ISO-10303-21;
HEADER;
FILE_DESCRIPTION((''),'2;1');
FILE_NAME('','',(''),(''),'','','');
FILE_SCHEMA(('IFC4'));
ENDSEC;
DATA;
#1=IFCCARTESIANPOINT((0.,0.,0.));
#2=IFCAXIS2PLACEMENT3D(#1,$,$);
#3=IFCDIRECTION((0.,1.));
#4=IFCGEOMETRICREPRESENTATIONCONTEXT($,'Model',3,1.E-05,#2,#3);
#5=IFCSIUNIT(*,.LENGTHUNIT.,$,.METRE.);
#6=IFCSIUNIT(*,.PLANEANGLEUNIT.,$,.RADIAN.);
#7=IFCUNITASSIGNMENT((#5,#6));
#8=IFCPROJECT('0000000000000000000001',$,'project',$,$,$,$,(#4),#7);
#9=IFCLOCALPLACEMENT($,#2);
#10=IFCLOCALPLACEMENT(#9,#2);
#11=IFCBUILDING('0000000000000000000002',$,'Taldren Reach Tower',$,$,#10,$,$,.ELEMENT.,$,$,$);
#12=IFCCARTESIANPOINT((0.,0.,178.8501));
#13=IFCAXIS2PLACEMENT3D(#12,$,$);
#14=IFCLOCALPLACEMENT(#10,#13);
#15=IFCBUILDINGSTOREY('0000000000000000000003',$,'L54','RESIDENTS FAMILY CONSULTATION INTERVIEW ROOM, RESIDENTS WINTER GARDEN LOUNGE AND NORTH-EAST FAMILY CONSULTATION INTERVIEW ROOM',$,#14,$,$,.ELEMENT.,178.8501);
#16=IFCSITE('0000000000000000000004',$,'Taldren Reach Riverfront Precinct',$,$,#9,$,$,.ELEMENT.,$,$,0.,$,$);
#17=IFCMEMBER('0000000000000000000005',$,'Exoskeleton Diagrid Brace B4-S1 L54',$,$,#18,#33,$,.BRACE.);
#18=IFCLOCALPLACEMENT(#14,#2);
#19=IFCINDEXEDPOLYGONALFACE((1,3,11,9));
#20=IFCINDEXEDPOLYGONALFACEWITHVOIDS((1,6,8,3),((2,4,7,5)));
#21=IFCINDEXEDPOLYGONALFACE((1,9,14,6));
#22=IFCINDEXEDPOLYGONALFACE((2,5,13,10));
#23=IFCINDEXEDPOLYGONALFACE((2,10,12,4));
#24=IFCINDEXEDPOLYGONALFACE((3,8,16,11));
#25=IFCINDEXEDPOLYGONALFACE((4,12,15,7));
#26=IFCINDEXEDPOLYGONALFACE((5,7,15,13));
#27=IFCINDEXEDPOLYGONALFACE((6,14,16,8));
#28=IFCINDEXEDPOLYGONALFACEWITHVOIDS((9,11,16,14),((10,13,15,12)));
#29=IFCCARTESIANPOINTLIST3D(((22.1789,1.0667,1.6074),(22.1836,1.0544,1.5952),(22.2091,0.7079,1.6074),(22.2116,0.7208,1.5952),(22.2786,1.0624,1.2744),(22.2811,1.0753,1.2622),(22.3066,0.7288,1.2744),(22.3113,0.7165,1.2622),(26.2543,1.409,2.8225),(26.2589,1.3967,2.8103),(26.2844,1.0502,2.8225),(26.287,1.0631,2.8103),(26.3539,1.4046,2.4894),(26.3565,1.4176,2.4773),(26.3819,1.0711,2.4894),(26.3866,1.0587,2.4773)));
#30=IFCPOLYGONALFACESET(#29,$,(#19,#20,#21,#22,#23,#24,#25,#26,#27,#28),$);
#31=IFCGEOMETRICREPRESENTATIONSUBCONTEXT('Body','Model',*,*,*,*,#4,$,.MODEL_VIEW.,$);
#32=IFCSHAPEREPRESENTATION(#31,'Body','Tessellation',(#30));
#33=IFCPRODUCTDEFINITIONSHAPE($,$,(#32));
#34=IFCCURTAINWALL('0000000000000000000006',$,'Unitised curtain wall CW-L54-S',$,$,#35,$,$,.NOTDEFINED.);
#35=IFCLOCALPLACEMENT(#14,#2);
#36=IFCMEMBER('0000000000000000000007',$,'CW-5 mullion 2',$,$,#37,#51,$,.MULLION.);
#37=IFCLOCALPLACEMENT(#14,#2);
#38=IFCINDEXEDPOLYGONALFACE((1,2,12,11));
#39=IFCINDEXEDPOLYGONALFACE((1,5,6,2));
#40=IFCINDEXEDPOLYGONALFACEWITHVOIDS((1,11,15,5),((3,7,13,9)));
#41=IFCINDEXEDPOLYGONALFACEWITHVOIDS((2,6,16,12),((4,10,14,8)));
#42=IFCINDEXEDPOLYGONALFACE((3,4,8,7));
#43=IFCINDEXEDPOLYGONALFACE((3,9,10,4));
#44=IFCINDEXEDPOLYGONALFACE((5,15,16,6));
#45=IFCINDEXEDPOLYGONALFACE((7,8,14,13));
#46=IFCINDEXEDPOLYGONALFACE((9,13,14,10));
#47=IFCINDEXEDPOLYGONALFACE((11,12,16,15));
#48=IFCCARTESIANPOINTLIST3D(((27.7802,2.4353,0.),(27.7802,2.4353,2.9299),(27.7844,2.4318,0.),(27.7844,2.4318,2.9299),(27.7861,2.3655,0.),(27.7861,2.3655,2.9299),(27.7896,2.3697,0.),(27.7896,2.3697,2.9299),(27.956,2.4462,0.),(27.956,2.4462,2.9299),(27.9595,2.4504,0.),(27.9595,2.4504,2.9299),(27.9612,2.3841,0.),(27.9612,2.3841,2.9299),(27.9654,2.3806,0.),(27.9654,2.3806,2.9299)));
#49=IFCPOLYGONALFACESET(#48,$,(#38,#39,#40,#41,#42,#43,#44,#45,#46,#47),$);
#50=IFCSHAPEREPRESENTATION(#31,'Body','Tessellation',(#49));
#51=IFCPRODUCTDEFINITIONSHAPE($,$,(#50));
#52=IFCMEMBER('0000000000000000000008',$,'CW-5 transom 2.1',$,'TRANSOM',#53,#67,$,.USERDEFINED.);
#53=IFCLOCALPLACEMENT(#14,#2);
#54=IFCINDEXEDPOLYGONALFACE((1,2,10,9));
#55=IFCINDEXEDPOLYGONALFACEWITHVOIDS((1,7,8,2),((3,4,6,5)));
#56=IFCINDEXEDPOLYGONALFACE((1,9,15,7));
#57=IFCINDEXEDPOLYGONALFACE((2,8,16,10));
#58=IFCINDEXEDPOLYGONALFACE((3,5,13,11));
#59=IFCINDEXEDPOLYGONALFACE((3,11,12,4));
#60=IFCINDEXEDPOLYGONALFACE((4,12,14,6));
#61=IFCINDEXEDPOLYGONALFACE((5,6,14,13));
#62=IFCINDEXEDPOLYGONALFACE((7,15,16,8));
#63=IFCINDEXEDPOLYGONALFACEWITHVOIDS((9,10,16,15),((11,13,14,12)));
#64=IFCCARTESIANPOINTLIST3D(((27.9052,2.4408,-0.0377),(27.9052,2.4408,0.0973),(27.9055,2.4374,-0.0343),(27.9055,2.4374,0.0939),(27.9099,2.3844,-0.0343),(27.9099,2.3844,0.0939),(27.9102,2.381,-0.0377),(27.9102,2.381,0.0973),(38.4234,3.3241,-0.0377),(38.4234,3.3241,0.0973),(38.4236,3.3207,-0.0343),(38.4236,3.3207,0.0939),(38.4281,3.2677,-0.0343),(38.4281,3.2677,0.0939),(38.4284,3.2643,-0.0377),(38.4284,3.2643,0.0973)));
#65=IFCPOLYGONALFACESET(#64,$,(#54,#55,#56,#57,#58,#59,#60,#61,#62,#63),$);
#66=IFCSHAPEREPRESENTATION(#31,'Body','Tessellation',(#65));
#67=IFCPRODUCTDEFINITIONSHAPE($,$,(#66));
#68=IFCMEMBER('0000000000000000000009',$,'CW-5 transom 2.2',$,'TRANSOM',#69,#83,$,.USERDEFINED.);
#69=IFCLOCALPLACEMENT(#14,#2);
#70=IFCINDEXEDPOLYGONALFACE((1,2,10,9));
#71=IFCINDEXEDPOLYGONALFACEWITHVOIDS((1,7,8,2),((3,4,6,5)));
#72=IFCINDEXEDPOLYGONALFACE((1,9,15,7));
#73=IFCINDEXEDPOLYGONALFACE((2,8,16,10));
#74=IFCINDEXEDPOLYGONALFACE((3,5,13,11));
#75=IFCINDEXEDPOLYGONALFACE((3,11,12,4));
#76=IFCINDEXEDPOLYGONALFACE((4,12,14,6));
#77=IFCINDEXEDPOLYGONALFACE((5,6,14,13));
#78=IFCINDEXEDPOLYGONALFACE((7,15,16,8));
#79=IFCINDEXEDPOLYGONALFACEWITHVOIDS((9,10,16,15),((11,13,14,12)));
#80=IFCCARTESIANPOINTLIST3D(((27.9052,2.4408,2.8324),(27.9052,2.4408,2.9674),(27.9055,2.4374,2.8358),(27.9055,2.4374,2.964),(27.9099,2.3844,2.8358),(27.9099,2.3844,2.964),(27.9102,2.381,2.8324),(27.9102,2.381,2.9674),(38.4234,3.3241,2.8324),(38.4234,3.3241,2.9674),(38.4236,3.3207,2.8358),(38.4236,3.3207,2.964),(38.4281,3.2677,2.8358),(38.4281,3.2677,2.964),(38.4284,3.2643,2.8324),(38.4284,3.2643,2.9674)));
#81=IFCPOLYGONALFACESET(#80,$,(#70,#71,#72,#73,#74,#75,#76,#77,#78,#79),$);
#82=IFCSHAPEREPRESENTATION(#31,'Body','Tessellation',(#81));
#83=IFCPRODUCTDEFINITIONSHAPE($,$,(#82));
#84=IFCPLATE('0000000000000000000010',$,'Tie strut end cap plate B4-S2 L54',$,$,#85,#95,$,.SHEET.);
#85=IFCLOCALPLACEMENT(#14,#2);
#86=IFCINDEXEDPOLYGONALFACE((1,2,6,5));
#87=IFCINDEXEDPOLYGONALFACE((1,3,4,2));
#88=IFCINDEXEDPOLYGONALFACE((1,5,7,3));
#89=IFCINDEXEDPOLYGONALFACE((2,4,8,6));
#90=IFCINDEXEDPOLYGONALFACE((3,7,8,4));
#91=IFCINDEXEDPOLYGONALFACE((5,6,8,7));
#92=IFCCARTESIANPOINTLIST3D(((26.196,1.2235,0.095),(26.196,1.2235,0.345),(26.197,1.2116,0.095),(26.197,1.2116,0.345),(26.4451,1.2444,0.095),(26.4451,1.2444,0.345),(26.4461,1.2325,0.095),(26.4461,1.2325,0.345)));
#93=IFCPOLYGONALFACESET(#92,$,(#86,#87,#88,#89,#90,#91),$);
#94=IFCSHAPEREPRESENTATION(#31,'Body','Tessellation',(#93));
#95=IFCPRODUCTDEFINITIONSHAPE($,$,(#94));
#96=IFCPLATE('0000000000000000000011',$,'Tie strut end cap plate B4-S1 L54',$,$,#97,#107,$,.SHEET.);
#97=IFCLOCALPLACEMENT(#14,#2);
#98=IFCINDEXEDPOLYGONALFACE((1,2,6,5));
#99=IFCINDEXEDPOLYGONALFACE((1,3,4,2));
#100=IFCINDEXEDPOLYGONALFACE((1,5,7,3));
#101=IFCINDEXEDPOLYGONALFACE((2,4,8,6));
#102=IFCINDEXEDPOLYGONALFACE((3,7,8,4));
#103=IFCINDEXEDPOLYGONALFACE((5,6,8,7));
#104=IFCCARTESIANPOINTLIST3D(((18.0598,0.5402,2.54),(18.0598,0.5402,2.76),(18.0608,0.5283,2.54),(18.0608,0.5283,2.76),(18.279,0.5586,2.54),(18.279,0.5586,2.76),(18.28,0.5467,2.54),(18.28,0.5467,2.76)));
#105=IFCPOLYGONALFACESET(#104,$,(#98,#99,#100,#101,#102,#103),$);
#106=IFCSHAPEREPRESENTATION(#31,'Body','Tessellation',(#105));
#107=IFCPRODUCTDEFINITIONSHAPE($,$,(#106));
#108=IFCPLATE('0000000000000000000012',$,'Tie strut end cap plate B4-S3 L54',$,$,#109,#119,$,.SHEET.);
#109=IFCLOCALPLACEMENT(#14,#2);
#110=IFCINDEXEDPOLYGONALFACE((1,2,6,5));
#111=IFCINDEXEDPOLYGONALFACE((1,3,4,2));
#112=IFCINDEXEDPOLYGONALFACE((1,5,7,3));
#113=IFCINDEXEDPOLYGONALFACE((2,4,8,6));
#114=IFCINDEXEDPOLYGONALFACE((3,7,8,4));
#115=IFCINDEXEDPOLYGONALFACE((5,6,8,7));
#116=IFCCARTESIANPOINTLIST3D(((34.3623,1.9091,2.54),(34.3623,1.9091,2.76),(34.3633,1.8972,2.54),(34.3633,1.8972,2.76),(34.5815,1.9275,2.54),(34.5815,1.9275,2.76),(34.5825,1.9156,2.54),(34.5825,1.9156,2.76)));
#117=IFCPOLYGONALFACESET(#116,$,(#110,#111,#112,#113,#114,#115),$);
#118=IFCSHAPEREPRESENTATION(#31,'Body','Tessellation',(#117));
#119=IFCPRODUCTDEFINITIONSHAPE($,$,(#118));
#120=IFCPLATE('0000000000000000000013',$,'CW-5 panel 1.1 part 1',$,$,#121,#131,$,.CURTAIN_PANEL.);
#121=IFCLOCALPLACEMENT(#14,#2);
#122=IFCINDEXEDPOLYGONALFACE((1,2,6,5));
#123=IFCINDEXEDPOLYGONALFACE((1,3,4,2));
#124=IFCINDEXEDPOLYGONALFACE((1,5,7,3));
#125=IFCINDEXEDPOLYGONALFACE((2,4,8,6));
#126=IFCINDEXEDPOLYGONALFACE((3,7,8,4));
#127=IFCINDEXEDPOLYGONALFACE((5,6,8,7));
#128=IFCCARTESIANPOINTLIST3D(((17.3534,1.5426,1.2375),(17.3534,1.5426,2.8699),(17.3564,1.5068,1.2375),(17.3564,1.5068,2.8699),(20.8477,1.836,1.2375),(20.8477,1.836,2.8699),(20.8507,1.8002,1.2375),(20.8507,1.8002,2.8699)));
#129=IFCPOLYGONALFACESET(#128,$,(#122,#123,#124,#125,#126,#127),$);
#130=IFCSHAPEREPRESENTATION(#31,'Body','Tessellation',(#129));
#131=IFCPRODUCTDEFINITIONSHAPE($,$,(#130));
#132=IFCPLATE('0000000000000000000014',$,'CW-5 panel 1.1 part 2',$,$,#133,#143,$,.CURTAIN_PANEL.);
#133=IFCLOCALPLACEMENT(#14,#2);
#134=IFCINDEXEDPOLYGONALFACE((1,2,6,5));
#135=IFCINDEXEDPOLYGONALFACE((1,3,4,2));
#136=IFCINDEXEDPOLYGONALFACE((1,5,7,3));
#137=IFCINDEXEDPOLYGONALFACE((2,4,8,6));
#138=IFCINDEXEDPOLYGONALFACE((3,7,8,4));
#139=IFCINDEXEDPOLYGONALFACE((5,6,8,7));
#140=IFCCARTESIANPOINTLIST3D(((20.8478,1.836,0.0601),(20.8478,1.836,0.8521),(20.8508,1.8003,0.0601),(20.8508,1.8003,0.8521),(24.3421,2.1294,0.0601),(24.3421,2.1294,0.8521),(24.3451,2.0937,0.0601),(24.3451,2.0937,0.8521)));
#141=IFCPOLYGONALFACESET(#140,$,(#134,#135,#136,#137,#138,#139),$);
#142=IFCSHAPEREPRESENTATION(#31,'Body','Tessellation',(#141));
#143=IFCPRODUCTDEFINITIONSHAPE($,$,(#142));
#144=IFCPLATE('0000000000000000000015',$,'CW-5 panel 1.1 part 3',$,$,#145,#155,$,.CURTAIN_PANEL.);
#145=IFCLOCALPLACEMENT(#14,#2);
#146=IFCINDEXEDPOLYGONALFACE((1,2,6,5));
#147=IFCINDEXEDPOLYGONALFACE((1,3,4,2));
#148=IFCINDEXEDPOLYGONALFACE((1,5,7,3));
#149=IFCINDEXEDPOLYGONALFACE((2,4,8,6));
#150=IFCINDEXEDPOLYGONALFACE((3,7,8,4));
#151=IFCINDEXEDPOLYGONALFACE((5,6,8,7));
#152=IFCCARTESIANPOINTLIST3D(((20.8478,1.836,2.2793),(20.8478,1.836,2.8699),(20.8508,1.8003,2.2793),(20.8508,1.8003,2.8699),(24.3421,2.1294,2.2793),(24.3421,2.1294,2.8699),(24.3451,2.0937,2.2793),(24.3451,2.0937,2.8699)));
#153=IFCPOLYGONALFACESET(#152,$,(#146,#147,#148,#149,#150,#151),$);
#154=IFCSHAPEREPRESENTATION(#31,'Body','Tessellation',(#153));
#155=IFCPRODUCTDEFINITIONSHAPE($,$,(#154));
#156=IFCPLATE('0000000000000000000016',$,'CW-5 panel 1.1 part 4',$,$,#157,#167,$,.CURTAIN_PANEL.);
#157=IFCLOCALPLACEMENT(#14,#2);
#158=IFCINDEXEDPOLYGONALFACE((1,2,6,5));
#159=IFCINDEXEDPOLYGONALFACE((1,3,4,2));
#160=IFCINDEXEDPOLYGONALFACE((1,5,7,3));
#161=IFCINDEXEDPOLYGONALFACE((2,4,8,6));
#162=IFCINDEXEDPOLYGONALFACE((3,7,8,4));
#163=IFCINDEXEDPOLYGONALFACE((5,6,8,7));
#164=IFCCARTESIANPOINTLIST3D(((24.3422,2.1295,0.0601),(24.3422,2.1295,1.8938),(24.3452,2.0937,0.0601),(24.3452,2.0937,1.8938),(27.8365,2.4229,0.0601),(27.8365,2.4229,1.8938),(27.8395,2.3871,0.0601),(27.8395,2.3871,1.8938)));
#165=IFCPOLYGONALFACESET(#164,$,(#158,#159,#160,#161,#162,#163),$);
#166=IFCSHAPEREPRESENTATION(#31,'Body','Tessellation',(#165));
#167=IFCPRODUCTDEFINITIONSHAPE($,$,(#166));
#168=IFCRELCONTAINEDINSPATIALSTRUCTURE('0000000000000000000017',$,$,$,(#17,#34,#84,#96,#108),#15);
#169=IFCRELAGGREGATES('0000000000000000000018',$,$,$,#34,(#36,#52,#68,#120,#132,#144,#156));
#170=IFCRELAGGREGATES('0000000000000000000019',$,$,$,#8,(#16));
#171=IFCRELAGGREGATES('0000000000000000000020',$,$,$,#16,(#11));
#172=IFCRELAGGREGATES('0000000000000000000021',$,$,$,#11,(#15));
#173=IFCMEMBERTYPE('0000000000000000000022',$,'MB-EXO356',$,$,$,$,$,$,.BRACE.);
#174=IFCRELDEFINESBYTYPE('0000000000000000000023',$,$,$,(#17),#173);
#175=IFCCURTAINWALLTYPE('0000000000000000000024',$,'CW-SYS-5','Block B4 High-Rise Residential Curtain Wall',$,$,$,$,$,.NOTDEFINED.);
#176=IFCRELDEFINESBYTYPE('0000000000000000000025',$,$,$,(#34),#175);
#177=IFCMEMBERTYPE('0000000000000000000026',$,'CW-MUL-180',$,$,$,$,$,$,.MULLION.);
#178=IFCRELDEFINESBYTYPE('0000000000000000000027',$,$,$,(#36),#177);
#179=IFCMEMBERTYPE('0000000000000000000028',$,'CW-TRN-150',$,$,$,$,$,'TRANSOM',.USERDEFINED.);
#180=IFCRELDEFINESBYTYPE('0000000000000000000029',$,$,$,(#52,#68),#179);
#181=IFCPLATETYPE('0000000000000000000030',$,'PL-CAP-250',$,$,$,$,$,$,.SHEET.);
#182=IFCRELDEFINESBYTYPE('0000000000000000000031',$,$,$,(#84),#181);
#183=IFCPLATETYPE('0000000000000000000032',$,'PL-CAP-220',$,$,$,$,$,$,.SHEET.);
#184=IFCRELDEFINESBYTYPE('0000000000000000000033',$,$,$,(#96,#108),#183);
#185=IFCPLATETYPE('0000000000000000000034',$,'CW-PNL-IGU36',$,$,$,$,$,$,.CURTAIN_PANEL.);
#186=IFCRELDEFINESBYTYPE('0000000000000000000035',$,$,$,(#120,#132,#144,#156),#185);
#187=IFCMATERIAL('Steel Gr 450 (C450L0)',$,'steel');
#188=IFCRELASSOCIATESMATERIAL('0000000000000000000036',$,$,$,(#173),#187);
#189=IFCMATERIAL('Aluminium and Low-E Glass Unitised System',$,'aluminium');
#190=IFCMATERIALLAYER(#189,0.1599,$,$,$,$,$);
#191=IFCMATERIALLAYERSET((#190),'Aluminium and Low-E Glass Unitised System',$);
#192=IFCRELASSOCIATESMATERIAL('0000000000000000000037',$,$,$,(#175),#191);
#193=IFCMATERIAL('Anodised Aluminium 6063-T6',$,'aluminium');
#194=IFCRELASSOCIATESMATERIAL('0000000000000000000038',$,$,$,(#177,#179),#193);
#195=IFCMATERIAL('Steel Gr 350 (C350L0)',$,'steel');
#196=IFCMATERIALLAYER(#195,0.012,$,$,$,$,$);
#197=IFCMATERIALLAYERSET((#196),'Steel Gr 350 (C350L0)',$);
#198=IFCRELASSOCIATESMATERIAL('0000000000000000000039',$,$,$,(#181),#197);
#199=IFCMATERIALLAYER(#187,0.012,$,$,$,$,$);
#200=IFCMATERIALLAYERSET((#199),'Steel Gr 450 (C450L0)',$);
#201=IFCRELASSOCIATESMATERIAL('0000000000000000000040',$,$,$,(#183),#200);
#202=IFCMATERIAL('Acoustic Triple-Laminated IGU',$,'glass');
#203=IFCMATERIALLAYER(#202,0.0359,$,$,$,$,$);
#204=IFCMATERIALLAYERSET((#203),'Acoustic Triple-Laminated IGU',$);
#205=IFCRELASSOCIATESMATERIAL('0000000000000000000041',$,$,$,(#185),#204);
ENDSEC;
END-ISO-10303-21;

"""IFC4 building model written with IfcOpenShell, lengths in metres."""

from ifc_helpers import new_model, si_unit, direction, frame, origin, origin_2d, place, context, subcontext, project, spatial, rectangle, hollow_rectangle, extrude, source, transform, mapped, material, layer, layer_set, material_profile, profile_set, type_object, element, aggregate, save


model = new_model("IFC4")

# Units and contexts
model_context = context("Model", 3, precision=1e-05, world=origin(), true_north=direction((0.0, 1.0)))
body_context = subcontext(model_context, "Body", "Model", "MODEL_VIEW")
ifc_project = project(units=[si_unit("LENGTHUNIT", "METRE"), si_unit("PLANEANGLEUNIT", "RADIAN")], contexts=[model_context])

# Site, building, storey
site_placement = place(None, origin())
site = spatial("IfcSite", under=ifc_project, at=site_placement, Name="Taldren Reach Riverfront Precinct", CompositionType="ELEMENT", RefElevation=0.0)
building_placement = place(site_placement, origin())
building = spatial("IfcBuilding", under=site, at=building_placement, Name="Taldren Reach Tower", CompositionType="ELEMENT")
storey_placement = place(building_placement, frame((0.0, 0.0, 178.8501)))
storey = spatial("IfcBuildingStorey", under=building, at=storey_placement, Name="L54", Description="RESIDENTS FAMILY CONSULTATION INTERVIEW ROOM, RESIDENTS WINTER GARDEN LOUNGE AND NORTH-EAST FAMILY CONSULTATION INTERVIEW ROOM", CompositionType="ELEMENT", Elevation=178.8501)

# Shared definitions
ifc_material_1 = material(Name="Steel Gr 350 (C350L0)", Category="steel")

# Member
ifc_material_2 = material(Name="Steel Gr 450 (C450L0)", Category="steel")
ifc_material_profile_1 = material_profile(ifc_material_2, hollow_rectangle(XDim=0.3601, YDim=0.3601, WallThickness=0.0127, at=origin_2d()), Name="360x360x12.7SHS")
ifc_profile_set_1 = profile_set([ifc_material_profile_1], Name="Steel Gr 450 (C450L0)")
member_type_1 = type_object("IfcMemberType", Name="MB-EXO356", PredefinedType="BRACE", material=ifc_profile_set_1)
shared_shape_1 = source(origin(), body_context, "Body", "SweptSolid", [
    extrude(hollow_rectangle(XDim=0.3601, YDim=0.3601, WallThickness=0.0127, at=origin_2d()), origin(), (0.0, 0.0, 1.0), 4.2664),
])
member_1_placement = place(storey_placement, frame((22.2451, 0.8916, 1.4348), z_axis=(0.955224, 0.080227, 0.284799), x_axis=(-0.083693, 0.996492, 0.0)))
element("IfcMember", 1, at=member_1_placement, inside=storey, type_object=member_type_1, Name="Exoskeleton Diagrid Brace B4-S1 L54", PredefinedType="BRACE", context=body_context, shape_type="MappedRepresentation", body=[
    mapped(shared_shape_1, transform((0.0, 0.0, 0.0), scale=1.0)),
])

# Curtain wall, members
ifc_material_3 = material(Name="Aluminium and Low-E Glass Unitised System", Category="aluminium")
ifc_layer_1 = layer(ifc_material_3, 0.1599)
ifc_layer_set_1 = layer_set([ifc_layer_1], Name="Aluminium and Low-E Glass Unitised System")
curtain_wall_type = type_object("IfcCurtainWallType", Name="CW-SYS-5", Description="Block B4 High-Rise Residential Curtain Wall", PredefinedType="NOTDEFINED", material=ifc_layer_set_1)
curtain_wall_placement = place(storey_placement, origin())
curtain_wall = element("IfcCurtainWall", 2, at=curtain_wall_placement, inside=storey, type_object=curtain_wall_type, Name="Unitised curtain wall CW-L54-S", PredefinedType="NOTDEFINED")
ifc_material_4 = material(Name="Anodised Aluminium 6063-T6", Category="aluminium")
ifc_material_profile_2 = material_profile(ifc_material_4, hollow_rectangle(XDim=0.0701, YDim=0.1799, WallThickness=0.0039, at=origin_2d()), Name="ALU-180x70x4RHS")
ifc_profile_set_2 = profile_set([ifc_material_profile_2], Name="Anodised Aluminium 6063-T6")
member_type_2 = type_object("IfcMemberType", Name="CW-MUL-180", PredefinedType="MULLION", material=ifc_profile_set_2)
shared_shape_2 = source(origin(), body_context, "Body", "SweptSolid", [
    extrude(hollow_rectangle(XDim=0.0701, YDim=0.1799, WallThickness=0.0039, at=origin_2d()), origin(), (0.0, 0.0, 1.0), 2.9299),
])
member_2_placement = place(storey_placement, frame((27.8728, 2.408, 0.0), z_axis=(0.0, 0.0, 1.0), x_axis=(-0.083678, 0.996493, 0.0)))
member_2 = element("IfcMember", 3, at=member_2_placement, type_object=member_type_2, Name="CW-5 mullion 2", PredefinedType="MULLION", context=body_context, shape_type="MappedRepresentation", body=[
    mapped(shared_shape_2, transform((0.0, 0.0, 0.0), scale=1.0)),
])
ifc_material_profile_3 = material_profile(ifc_material_4, hollow_rectangle(XDim=0.0601, YDim=0.135, WallThickness=0.0034, at=origin_2d()), Name="ALU-135x60x3.5RHS")
ifc_profile_set_3 = profile_set([ifc_material_profile_3], Name="Anodised Aluminium 6063-T6")
member_type_3 = type_object("IfcMemberType", Name="CW-TRN-150", ElementType="TRANSOM", PredefinedType="USERDEFINED", material=ifc_profile_set_3)
shared_shape_3 = source(origin(), body_context, "Body", "SweptSolid", [
    extrude(hollow_rectangle(XDim=0.0601, YDim=0.135, WallThickness=0.0034, at=origin_2d()), origin(), (0.0, 0.0, 1.0), 10.5552),
])
member_3_placement = place(storey_placement, frame((27.9077, 2.4109, 0.0298), z_axis=(0.996492, 0.083685, 0.0), x_axis=(-0.083685, 0.996492, 0.0)))
member_3 = element("IfcMember", 4, at=member_3_placement, type_object=member_type_3, Name="CW-5 transom 2.1", ObjectType="TRANSOM", PredefinedType="USERDEFINED", context=body_context, shape_type="MappedRepresentation", body=[
    mapped(shared_shape_3, transform((0.0, 0.0, 0.0), scale=1.0)),
])
member_4_placement = place(storey_placement, frame((27.9077, 2.4109, 2.8999), z_axis=(0.996492, 0.083685, 0.0), x_axis=(-0.083685, 0.996492, 0.0)))
member_4 = element("IfcMember", 5, at=member_4_placement, type_object=member_type_3, Name="CW-5 transom 2.2", ObjectType="TRANSOM", PredefinedType="USERDEFINED", context=body_context, shape_type="MappedRepresentation", body=[
    mapped(shared_shape_3, transform((0.0, 0.0, 0.0), scale=1.0)),
])

# Plates
ifc_layer_2 = layer(ifc_material_1, 0.012)
ifc_layer_set_2 = layer_set([ifc_layer_2], Name="Steel Gr 350 (C350L0)")
plate_type_1 = type_object("IfcPlateType", Name="PL-CAP-250", PredefinedType="SHEET", material=ifc_layer_set_2)
shared_shape_4 = source(origin(), body_context, "Body", "SweptSolid", [
    extrude(rectangle(XDim=0.25, YDim=0.012, at=origin_2d()), origin(), (0.0, 0.0, 1.0), 0.25),
])
plate_1_placement = place(storey_placement, frame((26.321, 1.228, 0.095), z_axis=(0.0, 0.0, 1.0), x_axis=(0.996493, 0.083678, 0.0)))
element("IfcPlate", 6, at=plate_1_placement, inside=storey, type_object=plate_type_1, Name="Tie strut end cap plate B4-S2 L54", PredefinedType="SHEET", context=body_context, shape_type="MappedRepresentation", body=[
    mapped(shared_shape_4, transform((0.0, 0.0, 0.0), scale=1.0)),
])
ifc_layer_3 = layer(ifc_material_2, 0.012)
ifc_layer_set_3 = layer_set([ifc_layer_3], Name="Steel Gr 450 (C450L0)")
plate_type_2 = type_object("IfcPlateType", Name="PL-CAP-220", PredefinedType="SHEET", material=ifc_layer_set_3)
shared_shape_5 = source(origin(), body_context, "Body", "SweptSolid", [
    extrude(rectangle(XDim=0.22, YDim=0.012, at=origin_2d()), origin(), (0.0, 0.0, 1.0), 0.22),
])
for number, where, z_axis, x_axis, name in (
    (7, (18.1699, 0.5435, 2.54), (0.0, 0.0, 1.0), (0.996493, 0.083678, 0.0), "Tie strut end cap plate B4-S1 L54"),
    (8, (34.4724, 1.9124, 2.54), (0.0, 0.0, 1.0), (0.996493, 0.083678, 0.0), "Tie strut end cap plate B4-S3 L54"),
):
    element("IfcPlate", number, at=place(storey_placement, frame(where, z_axis=z_axis, x_axis=x_axis)), inside=storey, type_object=plate_type_2, Name=name, PredefinedType="SHEET", context=body_context, shape_type="MappedRepresentation", body=[
        mapped(shared_shape_5, transform((0.0, 0.0, 0.0), scale=1.0)),
    ])

# Plates
ifc_material_5 = material(Name="Acoustic Triple-Laminated IGU", Category="glass")
ifc_layer_4 = layer(ifc_material_5, 0.0359)
ifc_layer_set_4 = layer_set([ifc_layer_4], Name="Acoustic Triple-Laminated IGU")
plate_type_3 = type_object("IfcPlateType", Name="CW-PNL-IGU36", PredefinedType="CURTAIN_PANEL", material=ifc_layer_set_4)
shared_shape_6 = source(origin(), body_context, "Body", "SweptSolid", [
    extrude(rectangle(XDim=3.5066, YDim=0.0359, at=origin_2d()), origin(), (0.0, 0.0, 1.0), 1.6323),
])
plate_2_placement = place(storey_placement, frame((19.1021, 1.6714, 1.2375), z_axis=(0.0, 0.0, 1.0), x_axis=(0.996493, 0.083678, 0.0)))
plate_2 = element("IfcPlate", 9, at=plate_2_placement, type_object=plate_type_3, Name="CW-5 panel 1.1 part 1", PredefinedType="CURTAIN_PANEL", context=body_context, shape_type="MappedRepresentation", body=[
    mapped(shared_shape_6, transform((0.0, 0.0, 0.0), scale=1.0)),
])
shared_shape_7 = source(origin(), body_context, "Body", "SweptSolid", [
    extrude(rectangle(XDim=3.5066, YDim=0.0359, at=origin_2d()), origin(), (0.0, 0.0, 1.0), 0.792),
])
plate_3_placement = place(storey_placement, frame((22.5964, 1.9648, 0.0601), z_axis=(0.0, 0.0, 1.0), x_axis=(0.996493, 0.083678, 0.0)))
plate_3 = element("IfcPlate", 10, at=plate_3_placement, type_object=plate_type_3, Name="CW-5 panel 1.1 part 2", PredefinedType="CURTAIN_PANEL", context=body_context, shape_type="MappedRepresentation", body=[
    mapped(shared_shape_7, transform((0.0, 0.0, 0.0), scale=1.0)),
])
shared_shape_8 = source(origin(), body_context, "Body", "SweptSolid", [
    extrude(rectangle(XDim=3.5066, YDim=0.0359, at=origin_2d()), origin(), (0.0, 0.0, 1.0), 0.5906),
])
plate_4_placement = place(storey_placement, frame((22.5964, 1.9648, 2.2793), z_axis=(0.0, 0.0, 1.0), x_axis=(0.996493, 0.083678, 0.0)))
plate_4 = element("IfcPlate", 11, at=plate_4_placement, type_object=plate_type_3, Name="CW-5 panel 1.1 part 3", PredefinedType="CURTAIN_PANEL", context=body_context, shape_type="MappedRepresentation", body=[
    mapped(shared_shape_8, transform((0.0, 0.0, 0.0), scale=1.0)),
])
shared_shape_9 = source(origin(), body_context, "Body", "SweptSolid", [
    extrude(rectangle(XDim=3.5066, YDim=0.0359, at=origin_2d()), origin(), (0.0, 0.0, 1.0), 1.8337),
])
plate_5_placement = place(storey_placement, frame((26.0908, 2.2583, 0.0601), z_axis=(0.0, 0.0, 1.0), x_axis=(0.996493, 0.083678, 0.0)))
plate_5 = element("IfcPlate", 12, at=plate_5_placement, type_object=plate_type_3, Name="CW-5 panel 1.1 part 4", PredefinedType="CURTAIN_PANEL", context=body_context, shape_type="MappedRepresentation", body=[
    mapped(shared_shape_9, transform((0.0, 0.0, 0.0), scale=1.0)),
])
aggregate(curtain_wall, [member_2, member_3, member_4, plate_2, plate_3, plate_4, plate_5])

save(model, "model.ifc")
